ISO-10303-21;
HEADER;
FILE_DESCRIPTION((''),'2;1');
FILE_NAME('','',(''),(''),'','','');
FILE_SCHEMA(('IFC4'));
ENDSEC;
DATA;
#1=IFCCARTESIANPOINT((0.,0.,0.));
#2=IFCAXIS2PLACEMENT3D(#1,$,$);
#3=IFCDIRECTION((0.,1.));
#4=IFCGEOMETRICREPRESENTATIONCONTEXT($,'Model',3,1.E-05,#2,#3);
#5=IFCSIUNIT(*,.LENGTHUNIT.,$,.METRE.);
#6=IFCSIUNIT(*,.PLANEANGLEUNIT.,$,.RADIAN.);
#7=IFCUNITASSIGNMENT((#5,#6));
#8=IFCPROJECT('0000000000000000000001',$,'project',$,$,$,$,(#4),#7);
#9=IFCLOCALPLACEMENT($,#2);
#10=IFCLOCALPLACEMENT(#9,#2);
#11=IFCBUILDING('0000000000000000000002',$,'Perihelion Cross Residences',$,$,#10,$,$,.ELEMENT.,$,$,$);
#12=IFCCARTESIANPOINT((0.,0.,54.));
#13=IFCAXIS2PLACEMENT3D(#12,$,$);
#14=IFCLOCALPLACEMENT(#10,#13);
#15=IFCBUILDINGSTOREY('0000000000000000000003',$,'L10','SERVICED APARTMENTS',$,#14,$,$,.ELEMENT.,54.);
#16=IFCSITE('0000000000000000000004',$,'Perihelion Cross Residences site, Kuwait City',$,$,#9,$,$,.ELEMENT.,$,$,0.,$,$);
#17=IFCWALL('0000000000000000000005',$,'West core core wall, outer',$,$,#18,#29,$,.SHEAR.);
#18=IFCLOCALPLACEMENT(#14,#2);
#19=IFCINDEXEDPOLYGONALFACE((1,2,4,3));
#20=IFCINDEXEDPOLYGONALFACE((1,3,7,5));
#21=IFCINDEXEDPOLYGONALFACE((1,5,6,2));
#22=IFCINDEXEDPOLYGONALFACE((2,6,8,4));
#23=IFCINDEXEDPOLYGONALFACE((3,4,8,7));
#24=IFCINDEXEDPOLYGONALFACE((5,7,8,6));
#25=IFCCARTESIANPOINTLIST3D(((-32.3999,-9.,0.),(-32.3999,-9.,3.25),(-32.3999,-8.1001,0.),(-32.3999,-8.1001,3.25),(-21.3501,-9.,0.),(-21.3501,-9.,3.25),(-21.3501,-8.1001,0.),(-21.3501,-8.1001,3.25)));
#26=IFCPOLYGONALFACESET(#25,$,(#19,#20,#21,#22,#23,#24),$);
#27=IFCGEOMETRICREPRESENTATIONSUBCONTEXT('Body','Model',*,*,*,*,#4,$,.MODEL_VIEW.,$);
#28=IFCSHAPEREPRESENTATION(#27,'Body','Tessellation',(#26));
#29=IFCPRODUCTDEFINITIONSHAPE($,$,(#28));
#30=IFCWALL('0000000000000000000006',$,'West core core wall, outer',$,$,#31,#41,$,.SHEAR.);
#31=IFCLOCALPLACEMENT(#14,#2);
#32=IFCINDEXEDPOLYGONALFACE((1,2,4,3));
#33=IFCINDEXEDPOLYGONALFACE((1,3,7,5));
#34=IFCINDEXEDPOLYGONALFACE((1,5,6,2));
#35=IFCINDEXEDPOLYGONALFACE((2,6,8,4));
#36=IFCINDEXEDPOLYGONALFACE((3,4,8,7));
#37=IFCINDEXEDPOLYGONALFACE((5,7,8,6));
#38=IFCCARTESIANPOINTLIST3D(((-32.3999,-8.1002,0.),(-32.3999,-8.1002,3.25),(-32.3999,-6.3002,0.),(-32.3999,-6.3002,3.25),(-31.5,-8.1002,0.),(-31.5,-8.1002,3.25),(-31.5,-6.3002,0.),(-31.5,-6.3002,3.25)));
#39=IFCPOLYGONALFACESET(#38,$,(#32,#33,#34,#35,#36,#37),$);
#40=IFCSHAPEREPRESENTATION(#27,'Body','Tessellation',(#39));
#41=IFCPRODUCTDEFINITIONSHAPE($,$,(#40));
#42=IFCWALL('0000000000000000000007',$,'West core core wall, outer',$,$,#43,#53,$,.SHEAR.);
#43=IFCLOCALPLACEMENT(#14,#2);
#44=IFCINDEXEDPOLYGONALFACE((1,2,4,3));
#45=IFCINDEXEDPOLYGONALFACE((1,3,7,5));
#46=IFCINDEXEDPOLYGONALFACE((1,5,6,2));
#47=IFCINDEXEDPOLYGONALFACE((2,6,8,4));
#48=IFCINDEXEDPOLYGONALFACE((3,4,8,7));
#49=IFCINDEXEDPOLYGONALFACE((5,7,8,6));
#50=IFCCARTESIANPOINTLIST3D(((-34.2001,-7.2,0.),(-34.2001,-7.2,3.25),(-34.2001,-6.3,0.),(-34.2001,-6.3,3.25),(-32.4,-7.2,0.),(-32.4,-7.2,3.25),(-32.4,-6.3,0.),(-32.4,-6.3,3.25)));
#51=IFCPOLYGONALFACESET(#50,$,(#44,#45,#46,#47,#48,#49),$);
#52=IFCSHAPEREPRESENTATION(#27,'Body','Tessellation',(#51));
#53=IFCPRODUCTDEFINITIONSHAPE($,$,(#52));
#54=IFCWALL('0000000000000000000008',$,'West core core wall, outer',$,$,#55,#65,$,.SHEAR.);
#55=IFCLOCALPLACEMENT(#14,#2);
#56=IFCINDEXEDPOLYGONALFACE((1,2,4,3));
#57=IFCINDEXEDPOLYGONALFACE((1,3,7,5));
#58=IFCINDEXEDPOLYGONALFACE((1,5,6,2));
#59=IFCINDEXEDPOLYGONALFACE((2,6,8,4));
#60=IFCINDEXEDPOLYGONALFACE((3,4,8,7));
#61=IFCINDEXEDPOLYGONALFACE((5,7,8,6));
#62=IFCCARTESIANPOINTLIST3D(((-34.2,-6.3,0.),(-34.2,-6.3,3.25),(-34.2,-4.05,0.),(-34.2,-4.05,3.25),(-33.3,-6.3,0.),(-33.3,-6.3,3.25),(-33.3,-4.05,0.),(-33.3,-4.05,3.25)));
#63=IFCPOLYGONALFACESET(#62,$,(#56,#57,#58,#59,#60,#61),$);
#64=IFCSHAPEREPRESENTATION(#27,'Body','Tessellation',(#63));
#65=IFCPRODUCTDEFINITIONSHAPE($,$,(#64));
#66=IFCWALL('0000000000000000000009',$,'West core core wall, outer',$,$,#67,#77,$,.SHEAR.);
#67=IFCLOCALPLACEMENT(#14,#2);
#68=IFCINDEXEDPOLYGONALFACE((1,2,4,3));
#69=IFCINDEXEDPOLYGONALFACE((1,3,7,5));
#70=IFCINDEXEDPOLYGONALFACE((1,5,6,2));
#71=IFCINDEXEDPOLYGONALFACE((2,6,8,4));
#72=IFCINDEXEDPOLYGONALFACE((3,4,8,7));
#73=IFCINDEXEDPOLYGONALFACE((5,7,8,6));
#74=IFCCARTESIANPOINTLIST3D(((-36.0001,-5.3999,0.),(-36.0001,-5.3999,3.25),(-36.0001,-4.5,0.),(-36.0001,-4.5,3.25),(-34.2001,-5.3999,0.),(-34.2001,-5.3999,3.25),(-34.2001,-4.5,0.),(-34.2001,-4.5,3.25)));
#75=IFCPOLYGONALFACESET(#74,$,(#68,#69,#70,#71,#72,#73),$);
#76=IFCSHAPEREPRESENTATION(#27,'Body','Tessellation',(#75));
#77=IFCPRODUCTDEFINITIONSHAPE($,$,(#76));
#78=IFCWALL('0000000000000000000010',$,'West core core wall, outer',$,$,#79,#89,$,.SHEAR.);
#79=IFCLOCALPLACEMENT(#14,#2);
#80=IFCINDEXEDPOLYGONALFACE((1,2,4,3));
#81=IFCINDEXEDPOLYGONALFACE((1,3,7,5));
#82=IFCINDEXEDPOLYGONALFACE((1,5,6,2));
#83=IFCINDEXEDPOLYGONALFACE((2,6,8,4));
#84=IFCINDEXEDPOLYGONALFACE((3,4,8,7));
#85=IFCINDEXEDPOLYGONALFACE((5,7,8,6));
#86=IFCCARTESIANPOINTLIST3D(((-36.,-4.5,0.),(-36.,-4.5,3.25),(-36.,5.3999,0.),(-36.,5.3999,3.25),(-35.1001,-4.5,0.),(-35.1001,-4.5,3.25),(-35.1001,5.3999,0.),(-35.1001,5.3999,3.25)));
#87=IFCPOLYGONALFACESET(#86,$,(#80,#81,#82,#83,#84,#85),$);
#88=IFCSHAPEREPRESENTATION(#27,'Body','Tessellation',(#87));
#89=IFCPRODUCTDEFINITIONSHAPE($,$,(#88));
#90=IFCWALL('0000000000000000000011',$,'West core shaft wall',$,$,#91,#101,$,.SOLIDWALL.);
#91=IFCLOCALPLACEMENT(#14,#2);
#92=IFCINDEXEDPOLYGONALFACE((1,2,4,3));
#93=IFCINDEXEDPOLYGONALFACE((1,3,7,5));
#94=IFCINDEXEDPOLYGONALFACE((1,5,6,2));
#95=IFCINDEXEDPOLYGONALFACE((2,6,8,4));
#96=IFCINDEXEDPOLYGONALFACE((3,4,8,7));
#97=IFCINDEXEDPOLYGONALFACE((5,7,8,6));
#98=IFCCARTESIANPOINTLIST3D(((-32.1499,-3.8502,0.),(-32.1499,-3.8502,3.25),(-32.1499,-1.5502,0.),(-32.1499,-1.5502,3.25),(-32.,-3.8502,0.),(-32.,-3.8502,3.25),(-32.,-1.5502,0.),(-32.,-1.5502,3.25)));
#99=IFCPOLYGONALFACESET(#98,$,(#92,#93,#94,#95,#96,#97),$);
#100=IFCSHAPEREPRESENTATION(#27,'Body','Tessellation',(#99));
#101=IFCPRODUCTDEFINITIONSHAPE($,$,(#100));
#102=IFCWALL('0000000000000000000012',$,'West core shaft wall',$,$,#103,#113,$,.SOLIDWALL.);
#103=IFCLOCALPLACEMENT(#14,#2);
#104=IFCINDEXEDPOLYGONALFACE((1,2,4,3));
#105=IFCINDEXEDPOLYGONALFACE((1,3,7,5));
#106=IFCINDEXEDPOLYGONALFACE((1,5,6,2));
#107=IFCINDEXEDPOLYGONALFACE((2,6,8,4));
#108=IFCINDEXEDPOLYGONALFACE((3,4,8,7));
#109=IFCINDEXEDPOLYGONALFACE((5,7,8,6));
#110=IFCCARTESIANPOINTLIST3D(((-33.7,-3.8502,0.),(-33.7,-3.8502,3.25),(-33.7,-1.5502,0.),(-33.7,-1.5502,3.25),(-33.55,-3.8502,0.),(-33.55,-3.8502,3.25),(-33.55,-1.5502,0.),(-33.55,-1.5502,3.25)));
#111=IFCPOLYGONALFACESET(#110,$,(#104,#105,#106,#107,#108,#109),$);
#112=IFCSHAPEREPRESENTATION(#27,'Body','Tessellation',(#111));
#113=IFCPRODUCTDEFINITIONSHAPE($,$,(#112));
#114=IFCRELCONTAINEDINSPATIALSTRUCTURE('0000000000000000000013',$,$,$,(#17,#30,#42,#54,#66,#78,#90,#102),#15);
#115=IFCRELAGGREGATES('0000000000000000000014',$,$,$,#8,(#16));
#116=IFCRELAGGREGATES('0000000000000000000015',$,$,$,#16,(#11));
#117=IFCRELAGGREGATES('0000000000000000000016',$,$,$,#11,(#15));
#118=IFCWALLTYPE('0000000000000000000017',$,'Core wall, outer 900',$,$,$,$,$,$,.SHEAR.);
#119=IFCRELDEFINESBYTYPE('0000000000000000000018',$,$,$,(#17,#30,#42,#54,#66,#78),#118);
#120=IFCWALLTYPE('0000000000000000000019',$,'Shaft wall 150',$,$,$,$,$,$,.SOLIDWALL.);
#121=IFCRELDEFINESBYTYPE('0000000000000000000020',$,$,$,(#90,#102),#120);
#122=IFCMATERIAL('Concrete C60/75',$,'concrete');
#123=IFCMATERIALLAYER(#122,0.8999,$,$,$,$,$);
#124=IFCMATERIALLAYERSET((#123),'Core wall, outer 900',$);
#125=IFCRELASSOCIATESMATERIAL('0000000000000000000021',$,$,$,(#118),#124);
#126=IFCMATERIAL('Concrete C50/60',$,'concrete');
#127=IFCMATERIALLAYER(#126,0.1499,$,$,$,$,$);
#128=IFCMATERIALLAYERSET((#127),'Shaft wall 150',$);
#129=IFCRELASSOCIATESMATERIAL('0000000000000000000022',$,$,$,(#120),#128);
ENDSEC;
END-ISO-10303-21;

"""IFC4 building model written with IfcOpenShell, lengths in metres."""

from ifc_helpers import new_model, si_unit, direction, frame, frame_2d, origin, place, context, subcontext, project, spatial, rectangle, extrude, material, layer, layer_set, type_object, element, save


model = new_model("IFC4")

# Units and contexts
model_context = context("Model", 3, precision=1e-05, world=origin(), true_north=direction((0.0, 1.0)))
body_context = subcontext(model_context, "Body", "Model", "MODEL_VIEW")
ifc_project = project(units=[si_unit("LENGTHUNIT", "METRE"), si_unit("PLANEANGLEUNIT", "RADIAN")], contexts=[model_context])

# Site, building, storey
site_placement = place(None, origin())
site = spatial("IfcSite", under=ifc_project, at=site_placement, Name="Perihelion Cross Residences site, Kuwait City", CompositionType="ELEMENT", RefElevation=0.0)
building_placement = place(site_placement, origin())
building = spatial("IfcBuilding", under=site, at=building_placement, Name="Perihelion Cross Residences", CompositionType="ELEMENT")
storey_placement = place(building_placement, frame((0.0, 0.0, 54.0)))
storey = spatial("IfcBuildingStorey", under=building, at=storey_placement, Name="L10", Description="SERVICED APARTMENTS", CompositionType="ELEMENT", Elevation=54.0)

# Walls
ifc_material_1 = material(Name="Concrete C60/75", Category="concrete")
ifc_layer_1 = layer(ifc_material_1, 0.8999)
ifc_layer_set_1 = layer_set([ifc_layer_1], Name="Core wall, outer 900")
wall_type_1 = type_object("IfcWallType", Name="Core wall, outer 900", PredefinedType="SHEAR", material=ifc_layer_set_1)
wall_1_placement = place(storey_placement, frame((-32.3999, -8.55, 0.0), z_axis=(0.0, 0.0, 1.0), x_axis=(1.0, 0.0, 0.0)))
element("IfcWall", 1, at=wall_1_placement, inside=storey, type_object=wall_type_1, Name="West core core wall, outer", PredefinedType="SHEAR", context=body_context, shape_type="SweptSolid", body=[
    extrude(rectangle(XDim=11.0498, YDim=0.8999, at=frame_2d((5.5249, 0.0))), origin(), (0.0, 0.0, 1.0), 3.25),
])
for number, where, z_axis, x_axis, name in (
    (2, (-31.95, -8.1001, 0.0), (0.0, 0.0, 1.0), (0.0, 1.0, 0.0), "West core core wall, outer"),
    (3, (-34.2, -6.75, 0.0), (0.0, 0.0, 1.0), (1.0, 0.0, 0.0), "West core core wall, outer"),
):
    element("IfcWall", number, at=place(storey_placement, frame(where, z_axis=z_axis, x_axis=x_axis)), inside=storey, type_object=wall_type_1, Name=name, PredefinedType="SHEAR", context=body_context, shape_type="SweptSolid", body=[
        extrude(rectangle(XDim=1.8, YDim=0.8999, at=frame_2d((0.8999, 0.0))), origin(), (0.0, 0.0, 1.0), 3.25),
    ])
wall_2_placement = place(storey_placement, frame((-33.75, -6.3, 0.0), z_axis=(0.0, 0.0, 1.0), x_axis=(0.0, 1.0, 0.0)))
element("IfcWall", 4, at=wall_2_placement, inside=storey, type_object=wall_type_1, Name="West core core wall, outer", PredefinedType="SHEAR", context=body_context, shape_type="SweptSolid", body=[
    extrude(rectangle(XDim=2.25, YDim=0.8999, at=frame_2d((1.125, 0.0))), origin(), (0.0, 0.0, 1.0), 3.25),
])
wall_3_placement = place(storey_placement, frame((-36.0, -4.95, 0.0), z_axis=(0.0, 0.0, 1.0), x_axis=(1.0, 0.0, 0.0)))
element("IfcWall", 5, at=wall_3_placement, inside=storey, type_object=wall_type_1, Name="West core core wall, outer", PredefinedType="SHEAR", context=body_context, shape_type="SweptSolid", body=[
    extrude(rectangle(XDim=1.8, YDim=0.8999, at=frame_2d((0.8999, 0.0))), origin(), (0.0, 0.0, 1.0), 3.25),
])
wall_4_placement = place(storey_placement, frame((-35.55, -4.5, 0.0), z_axis=(0.0, 0.0, 1.0), x_axis=(0.0, 1.0, 0.0)))
element("IfcWall", 6, at=wall_4_placement, inside=storey, type_object=wall_type_1, Name="West core core wall, outer", PredefinedType="SHEAR", context=body_context, shape_type="SweptSolid", body=[
    extrude(rectangle(XDim=9.8999, YDim=0.8999, at=frame_2d((4.95, 0.0))), origin(), (0.0, 0.0, 1.0), 3.25),
])
ifc_material_2 = material(Name="Concrete C50/60", Category="concrete")
ifc_layer_2 = layer(ifc_material_2, 0.1499)
ifc_layer_set_2 = layer_set([ifc_layer_2], Name="Shaft wall 150")
wall_type_2 = type_object("IfcWallType", Name="Shaft wall 150", PredefinedType="SOLIDWALL", material=ifc_layer_set_2)
for number, where, z_axis, x_axis, name in (
    (7, (-32.075, -3.8501, 0.0), (0.0, 0.0, 1.0), (0.0, 1.0, 0.0), "West core shaft wall"),
    (8, (-33.625, -3.8501, 0.0), (0.0, 0.0, 1.0), (0.0, 1.0, 0.0), "West core shaft wall"),
):
    element("IfcWall", number, at=place(storey_placement, frame(where, z_axis=z_axis, x_axis=x_axis)), inside=storey, type_object=wall_type_2, Name=name, PredefinedType="SOLIDWALL", context=body_context, shape_type="SweptSolid", body=[
        extrude(rectangle(XDim=2.3, YDim=0.1499, at=frame_2d((1.1499, 0.0))), origin(), (0.0, 0.0, 1.0), 3.25),
    ])

save(model, "model.ifc")
